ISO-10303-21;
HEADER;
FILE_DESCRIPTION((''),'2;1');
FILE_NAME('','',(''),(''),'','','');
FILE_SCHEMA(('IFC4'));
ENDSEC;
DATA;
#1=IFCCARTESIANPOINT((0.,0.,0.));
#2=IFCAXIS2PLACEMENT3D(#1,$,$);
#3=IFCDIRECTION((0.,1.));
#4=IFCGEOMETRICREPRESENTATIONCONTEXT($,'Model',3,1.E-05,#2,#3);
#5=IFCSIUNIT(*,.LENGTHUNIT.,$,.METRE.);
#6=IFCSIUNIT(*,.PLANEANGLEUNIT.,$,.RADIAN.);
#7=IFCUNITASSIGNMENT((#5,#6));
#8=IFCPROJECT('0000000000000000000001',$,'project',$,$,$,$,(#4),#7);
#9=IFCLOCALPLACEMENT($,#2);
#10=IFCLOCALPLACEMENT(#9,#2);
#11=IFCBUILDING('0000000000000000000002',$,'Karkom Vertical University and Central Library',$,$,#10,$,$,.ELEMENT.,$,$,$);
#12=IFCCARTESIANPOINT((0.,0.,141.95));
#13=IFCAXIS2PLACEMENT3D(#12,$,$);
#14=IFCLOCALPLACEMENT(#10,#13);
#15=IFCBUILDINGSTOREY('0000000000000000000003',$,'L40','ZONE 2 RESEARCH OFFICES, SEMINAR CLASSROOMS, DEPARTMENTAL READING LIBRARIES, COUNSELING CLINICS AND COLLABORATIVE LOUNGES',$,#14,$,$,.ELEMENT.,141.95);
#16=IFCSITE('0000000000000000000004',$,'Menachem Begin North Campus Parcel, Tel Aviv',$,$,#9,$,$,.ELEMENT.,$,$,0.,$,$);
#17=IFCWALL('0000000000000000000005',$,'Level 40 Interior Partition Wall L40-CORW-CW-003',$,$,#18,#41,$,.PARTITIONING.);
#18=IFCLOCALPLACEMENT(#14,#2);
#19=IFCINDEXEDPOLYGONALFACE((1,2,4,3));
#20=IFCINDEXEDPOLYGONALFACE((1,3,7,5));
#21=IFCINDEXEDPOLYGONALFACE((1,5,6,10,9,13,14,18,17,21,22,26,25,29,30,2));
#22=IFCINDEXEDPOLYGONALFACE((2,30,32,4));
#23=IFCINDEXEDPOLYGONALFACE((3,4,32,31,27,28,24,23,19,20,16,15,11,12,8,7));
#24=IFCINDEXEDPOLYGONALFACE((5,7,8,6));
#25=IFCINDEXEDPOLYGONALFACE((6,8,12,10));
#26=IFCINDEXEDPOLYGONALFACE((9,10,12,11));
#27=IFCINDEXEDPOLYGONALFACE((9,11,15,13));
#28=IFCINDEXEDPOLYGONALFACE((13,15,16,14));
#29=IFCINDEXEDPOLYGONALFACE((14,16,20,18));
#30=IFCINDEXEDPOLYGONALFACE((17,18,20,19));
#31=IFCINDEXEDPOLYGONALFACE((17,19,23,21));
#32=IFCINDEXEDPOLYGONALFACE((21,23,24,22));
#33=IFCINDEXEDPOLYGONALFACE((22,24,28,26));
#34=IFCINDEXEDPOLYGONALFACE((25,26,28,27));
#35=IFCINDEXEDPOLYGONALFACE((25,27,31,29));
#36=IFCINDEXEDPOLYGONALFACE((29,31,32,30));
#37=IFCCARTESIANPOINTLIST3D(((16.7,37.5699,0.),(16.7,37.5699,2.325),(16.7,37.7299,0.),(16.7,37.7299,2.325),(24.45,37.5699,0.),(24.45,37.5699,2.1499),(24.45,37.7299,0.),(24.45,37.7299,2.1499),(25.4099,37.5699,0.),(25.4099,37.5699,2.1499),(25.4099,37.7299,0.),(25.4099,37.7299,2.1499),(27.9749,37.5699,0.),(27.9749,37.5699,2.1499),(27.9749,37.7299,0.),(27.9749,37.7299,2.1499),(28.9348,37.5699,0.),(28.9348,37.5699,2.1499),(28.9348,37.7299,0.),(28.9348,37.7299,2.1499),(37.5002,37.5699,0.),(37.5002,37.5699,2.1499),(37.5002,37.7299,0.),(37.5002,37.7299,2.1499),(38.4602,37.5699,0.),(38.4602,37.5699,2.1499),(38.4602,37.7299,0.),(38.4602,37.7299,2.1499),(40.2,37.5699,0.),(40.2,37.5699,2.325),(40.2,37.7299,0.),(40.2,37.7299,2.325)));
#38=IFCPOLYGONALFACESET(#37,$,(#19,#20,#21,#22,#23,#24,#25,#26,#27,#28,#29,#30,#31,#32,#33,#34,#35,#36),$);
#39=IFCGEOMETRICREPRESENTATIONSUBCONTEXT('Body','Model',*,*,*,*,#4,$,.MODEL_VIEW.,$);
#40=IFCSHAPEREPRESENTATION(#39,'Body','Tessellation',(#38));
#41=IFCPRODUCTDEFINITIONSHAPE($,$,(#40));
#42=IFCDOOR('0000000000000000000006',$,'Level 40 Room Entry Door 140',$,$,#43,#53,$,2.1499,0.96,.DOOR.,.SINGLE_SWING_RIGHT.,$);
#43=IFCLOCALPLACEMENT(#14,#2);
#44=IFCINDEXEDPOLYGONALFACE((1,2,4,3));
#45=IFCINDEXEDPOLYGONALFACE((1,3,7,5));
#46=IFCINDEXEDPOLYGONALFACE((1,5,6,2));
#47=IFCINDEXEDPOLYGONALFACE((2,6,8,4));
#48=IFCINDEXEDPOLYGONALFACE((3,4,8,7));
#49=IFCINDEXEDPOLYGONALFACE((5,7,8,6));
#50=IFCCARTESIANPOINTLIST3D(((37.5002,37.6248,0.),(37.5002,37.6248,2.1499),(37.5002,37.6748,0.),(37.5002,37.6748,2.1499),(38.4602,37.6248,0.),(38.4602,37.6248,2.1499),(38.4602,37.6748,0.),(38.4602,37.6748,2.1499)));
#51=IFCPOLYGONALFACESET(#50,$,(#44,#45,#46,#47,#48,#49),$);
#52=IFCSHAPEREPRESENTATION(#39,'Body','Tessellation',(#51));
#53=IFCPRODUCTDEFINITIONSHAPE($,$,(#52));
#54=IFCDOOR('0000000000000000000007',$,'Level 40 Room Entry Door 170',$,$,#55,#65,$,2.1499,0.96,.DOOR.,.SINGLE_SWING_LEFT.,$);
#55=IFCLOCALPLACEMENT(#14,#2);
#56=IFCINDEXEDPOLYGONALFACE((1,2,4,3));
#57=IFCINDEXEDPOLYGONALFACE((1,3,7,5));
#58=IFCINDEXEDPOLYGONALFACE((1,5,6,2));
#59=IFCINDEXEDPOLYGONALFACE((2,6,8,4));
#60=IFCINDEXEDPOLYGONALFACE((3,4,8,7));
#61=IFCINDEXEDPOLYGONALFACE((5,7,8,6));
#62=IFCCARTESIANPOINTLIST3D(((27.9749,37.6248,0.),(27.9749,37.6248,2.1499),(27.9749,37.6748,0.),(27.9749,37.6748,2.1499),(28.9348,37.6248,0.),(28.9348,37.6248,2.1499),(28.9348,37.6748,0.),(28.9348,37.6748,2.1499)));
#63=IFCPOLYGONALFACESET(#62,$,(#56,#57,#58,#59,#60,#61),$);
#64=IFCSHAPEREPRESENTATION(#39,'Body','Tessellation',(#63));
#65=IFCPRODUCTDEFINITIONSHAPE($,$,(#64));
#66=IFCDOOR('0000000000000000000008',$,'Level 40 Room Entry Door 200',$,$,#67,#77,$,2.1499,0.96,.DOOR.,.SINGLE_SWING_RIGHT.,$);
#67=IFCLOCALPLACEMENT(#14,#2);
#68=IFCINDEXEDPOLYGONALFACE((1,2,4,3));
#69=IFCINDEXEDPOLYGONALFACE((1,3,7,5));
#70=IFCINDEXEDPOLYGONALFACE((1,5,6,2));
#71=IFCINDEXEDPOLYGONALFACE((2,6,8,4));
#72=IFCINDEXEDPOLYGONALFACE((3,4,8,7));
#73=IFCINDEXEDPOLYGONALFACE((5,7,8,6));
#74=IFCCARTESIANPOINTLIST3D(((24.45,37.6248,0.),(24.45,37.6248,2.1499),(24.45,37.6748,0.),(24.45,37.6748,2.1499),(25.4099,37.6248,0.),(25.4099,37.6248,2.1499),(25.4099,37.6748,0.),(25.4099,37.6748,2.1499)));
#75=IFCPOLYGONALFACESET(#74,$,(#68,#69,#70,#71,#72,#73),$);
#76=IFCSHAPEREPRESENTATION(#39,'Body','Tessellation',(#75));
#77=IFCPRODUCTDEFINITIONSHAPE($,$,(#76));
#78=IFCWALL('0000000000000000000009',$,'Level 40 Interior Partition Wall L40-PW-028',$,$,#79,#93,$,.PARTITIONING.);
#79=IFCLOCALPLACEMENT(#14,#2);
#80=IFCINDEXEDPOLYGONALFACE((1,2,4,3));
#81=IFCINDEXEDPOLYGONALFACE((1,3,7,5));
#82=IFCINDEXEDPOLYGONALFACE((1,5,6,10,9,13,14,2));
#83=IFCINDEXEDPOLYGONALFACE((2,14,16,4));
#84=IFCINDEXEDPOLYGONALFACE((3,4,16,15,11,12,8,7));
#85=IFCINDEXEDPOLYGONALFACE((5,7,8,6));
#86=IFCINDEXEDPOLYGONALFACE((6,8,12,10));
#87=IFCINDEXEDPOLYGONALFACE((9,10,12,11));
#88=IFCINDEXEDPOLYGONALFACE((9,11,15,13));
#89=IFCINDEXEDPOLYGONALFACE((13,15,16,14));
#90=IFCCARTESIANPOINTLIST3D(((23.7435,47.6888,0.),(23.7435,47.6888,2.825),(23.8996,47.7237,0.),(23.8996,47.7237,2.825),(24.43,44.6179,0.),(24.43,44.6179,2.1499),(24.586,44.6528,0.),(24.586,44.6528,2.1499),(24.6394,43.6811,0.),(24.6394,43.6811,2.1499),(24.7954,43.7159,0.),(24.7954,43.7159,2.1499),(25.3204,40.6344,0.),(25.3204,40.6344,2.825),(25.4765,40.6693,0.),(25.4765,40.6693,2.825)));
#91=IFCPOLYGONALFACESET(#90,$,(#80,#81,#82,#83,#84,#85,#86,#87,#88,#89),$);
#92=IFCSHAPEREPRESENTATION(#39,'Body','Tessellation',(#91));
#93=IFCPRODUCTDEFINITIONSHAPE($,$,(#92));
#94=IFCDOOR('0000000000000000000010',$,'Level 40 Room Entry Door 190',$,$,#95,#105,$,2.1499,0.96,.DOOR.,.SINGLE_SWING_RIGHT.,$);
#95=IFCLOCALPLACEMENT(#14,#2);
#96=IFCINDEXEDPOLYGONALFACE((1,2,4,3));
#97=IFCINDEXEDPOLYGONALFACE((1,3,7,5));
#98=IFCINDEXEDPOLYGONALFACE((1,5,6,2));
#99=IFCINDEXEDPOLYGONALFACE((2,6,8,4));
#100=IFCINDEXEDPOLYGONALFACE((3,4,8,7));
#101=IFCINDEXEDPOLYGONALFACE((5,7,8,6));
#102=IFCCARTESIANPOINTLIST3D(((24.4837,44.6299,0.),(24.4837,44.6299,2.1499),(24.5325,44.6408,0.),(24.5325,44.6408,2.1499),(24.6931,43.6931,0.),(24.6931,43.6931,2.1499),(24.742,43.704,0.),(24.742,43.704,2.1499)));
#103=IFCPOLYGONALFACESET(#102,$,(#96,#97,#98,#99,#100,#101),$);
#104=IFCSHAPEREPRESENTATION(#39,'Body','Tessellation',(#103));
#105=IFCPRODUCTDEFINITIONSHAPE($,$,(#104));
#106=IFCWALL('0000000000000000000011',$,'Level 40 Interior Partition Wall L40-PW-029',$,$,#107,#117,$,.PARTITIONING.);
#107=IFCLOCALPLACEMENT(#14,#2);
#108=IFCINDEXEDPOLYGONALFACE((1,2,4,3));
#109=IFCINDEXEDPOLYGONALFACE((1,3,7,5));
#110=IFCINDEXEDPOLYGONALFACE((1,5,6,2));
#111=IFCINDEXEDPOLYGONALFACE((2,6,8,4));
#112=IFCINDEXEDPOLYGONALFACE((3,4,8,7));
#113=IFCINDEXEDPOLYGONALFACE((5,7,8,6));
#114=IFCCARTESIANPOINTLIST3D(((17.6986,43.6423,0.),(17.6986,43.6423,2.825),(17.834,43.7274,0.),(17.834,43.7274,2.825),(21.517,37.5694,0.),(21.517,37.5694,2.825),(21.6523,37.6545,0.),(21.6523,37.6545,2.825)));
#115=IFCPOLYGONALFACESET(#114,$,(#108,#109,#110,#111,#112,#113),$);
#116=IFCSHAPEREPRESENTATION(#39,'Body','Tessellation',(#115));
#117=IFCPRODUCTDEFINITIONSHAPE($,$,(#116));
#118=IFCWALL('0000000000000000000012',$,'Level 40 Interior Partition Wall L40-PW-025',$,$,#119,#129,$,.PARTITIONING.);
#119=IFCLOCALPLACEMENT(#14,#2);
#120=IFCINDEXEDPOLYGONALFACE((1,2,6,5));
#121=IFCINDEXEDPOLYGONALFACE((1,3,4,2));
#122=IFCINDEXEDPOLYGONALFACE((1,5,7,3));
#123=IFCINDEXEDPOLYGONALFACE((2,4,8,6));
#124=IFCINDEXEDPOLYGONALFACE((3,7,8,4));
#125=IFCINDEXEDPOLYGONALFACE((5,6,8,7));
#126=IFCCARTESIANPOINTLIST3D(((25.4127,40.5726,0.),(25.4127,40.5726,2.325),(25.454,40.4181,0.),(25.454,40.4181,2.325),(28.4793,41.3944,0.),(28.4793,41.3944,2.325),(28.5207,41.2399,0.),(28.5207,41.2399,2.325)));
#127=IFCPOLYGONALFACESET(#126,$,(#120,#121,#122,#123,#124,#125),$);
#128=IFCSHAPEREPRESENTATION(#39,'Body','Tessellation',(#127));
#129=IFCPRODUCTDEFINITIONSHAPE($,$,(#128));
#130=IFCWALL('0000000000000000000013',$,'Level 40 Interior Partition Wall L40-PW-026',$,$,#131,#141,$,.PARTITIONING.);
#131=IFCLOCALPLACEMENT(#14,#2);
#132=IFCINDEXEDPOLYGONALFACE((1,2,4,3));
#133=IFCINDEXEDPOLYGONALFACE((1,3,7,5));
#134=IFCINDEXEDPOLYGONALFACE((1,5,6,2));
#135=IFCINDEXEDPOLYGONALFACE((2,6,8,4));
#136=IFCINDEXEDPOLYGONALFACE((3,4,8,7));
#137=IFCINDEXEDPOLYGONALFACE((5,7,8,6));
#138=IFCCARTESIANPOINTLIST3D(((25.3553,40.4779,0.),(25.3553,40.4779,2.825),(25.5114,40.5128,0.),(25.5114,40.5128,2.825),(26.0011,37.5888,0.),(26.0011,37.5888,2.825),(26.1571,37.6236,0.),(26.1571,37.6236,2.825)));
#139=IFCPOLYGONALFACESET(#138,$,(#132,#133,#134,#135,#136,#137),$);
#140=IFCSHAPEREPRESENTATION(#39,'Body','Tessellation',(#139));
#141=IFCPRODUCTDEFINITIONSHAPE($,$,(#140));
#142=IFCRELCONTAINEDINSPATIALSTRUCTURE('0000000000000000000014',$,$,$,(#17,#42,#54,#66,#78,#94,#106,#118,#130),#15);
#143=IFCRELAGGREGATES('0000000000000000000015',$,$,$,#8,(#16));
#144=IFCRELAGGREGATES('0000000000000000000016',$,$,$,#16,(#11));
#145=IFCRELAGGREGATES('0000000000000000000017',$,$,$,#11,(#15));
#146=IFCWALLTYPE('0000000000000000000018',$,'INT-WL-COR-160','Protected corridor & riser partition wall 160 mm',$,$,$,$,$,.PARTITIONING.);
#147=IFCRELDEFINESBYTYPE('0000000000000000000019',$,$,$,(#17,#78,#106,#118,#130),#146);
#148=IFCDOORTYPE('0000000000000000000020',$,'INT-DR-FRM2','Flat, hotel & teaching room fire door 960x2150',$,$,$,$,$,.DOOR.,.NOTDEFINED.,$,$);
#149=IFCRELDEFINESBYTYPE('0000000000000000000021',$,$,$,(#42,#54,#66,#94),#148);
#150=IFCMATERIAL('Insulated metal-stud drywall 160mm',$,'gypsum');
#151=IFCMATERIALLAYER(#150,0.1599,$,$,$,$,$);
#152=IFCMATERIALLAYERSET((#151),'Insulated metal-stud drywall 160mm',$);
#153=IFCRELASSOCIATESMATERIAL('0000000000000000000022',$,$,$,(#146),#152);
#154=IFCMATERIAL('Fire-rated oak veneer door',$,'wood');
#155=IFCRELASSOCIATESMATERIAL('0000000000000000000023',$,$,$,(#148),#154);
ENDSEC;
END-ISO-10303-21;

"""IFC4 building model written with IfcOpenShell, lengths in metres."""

from ifc_helpers import new_model, si_unit, direction, frame, frame_2d, origin, origin_with_axes, place, context, subcontext, project, spatial, rectangle, extrude, source, transform, mapped, material, layer, layer_set, type_object, element, fill, save


model = new_model("IFC4")

# Units and contexts
model_context = context("Model", 3, precision=1e-05, world=origin(), true_north=direction((0.0, 1.0)))
body_context = subcontext(model_context, "Body", "Model", "MODEL_VIEW")
ifc_project = project(units=[si_unit("LENGTHUNIT", "METRE"), si_unit("PLANEANGLEUNIT", "RADIAN")], contexts=[model_context])

# Site, building, storey
site_placement = place(None, origin())
site = spatial("IfcSite", under=ifc_project, at=site_placement, Name="Menachem Begin North Campus Parcel, Tel Aviv", CompositionType="ELEMENT", RefElevation=0.0)
building_placement = place(site_placement, origin())
building = spatial("IfcBuilding", under=site, at=building_placement, Name="Karkom Vertical University and Central Library", CompositionType="ELEMENT")
storey_placement = place(building_placement, frame((0.0, 0.0, 141.95)))
storey = spatial("IfcBuildingStorey", under=building, at=storey_placement, Name="L40", Description="ZONE 2 RESEARCH OFFICES, SEMINAR CLASSROOMS, DEPARTMENTAL READING LIBRARIES, COUNSELING CLINICS AND COLLABORATIVE LOUNGES", CompositionType="ELEMENT", Elevation=141.95)

# Wall, openings, doors
ifc_material_1 = material(Name="Insulated metal-stud drywall 160mm", Category="gypsum")
ifc_layer_1 = layer(ifc_material_1, 0.1599)
ifc_layer_set_1 = layer_set([ifc_layer_1], Name="Insulated metal-stud drywall 160mm")
wall_type_1 = type_object("IfcWallType", Name="INT-WL-COR-160", Description="Protected corridor & riser partition wall 160 mm", PredefinedType="PARTITIONING", material=ifc_layer_set_1)
wall_1_placement = place(storey_placement, frame((16.7, 37.6499, 0.0), z_axis=(0.0, 0.0, 1.0), x_axis=(1.0, 0.0, 0.0)))
wall_1 = element("IfcWall", 1, at=wall_1_placement, inside=storey, type_object=wall_type_1, Name="Level 40 Interior Partition Wall L40-CORW-CW-003", PredefinedType="PARTITIONING", context=body_context, shape_type="SweptSolid", body=[
    extrude(rectangle(XDim=23.5, YDim=0.1599, at=frame_2d((11.75, 0.0))), origin(), (0.0, 0.0, 1.0), 2.325),
])
opening_1_placement = place(wall_1_placement, frame((20.8003, 0.0, 0.0)))
opening_1 = element("IfcOpeningElement", 2, at=opening_1_placement, cuts=wall_1, PredefinedType="OPENING", context=body_context, shape_type="SweptSolid", body=[
    extrude(rectangle(XDim=0.96, YDim=2.1499, at=frame_2d((0.48, 1.075))), frame((0.0, 0.0898, 0.0), z_axis=(0.0, -1.0, 0.0), x_axis=(1.0, 0.0, 0.0)), (0.0, 0.0, 1.0), 0.1799),
])
opening_2_placement = place(wall_1_placement, frame((11.2749, 0.0, 0.0)))
opening_2 = element("IfcOpeningElement", 3, at=opening_2_placement, cuts=wall_1, PredefinedType="OPENING", context=body_context, shape_type="SweptSolid", body=[
    extrude(rectangle(XDim=0.96, YDim=2.1499, at=frame_2d((0.48, 1.075))), frame((0.0, 0.0898, 0.0), z_axis=(0.0, -1.0, 0.0), x_axis=(1.0, 0.0, 0.0)), (0.0, 0.0, 1.0), 0.1799),
])
opening_3_placement = place(wall_1_placement, frame((7.75, 0.0, 0.0)))
opening_3 = element("IfcOpeningElement", 4, at=opening_3_placement, cuts=wall_1, PredefinedType="OPENING", context=body_context, shape_type="SweptSolid", body=[
    extrude(rectangle(XDim=0.96, YDim=2.1499, at=frame_2d((0.48, 1.075))), frame((0.0, 0.0898, 0.0), z_axis=(0.0, -1.0, 0.0), x_axis=(1.0, 0.0, 0.0)), (0.0, 0.0, 1.0), 0.1799),
])
ifc_material_2 = material(Name="Fire-rated oak veneer door", Category="wood")
door_type = type_object("IfcDoorType", Name="INT-DR-FRM2", Description="Flat, hotel & teaching room fire door 960x2150", OperationType="NOTDEFINED", PredefinedType="DOOR", material=ifc_material_2)
shared_shape_1 = source(origin_with_axes(), body_context, "Body", "SweptSolid", [
    extrude(rectangle(XDim=0.96, YDim=2.1499, at=frame_2d((0.48, 1.075))), frame((0.0, 0.0249, 0.0), z_axis=(0.0, -1.0, 0.0), x_axis=(1.0, 0.0, 0.0)), (0.0, 0.0, 1.0), 0.05),
])
door_1_placement = place(opening_1_placement, origin())
door_1 = element("IfcDoor", 5, at=door_1_placement, inside=storey, type_object=door_type, Name="Level 40 Room Entry Door 140", OperationType="SINGLE_SWING_RIGHT", OverallHeight=2.1499, OverallWidth=0.96, PredefinedType="DOOR", context=body_context, shape_type="MappedRepresentation", body=[
    mapped(shared_shape_1, transform((0.0, 0.0, 0.0), scale=1.0)),
])
fill(opening_1, door_1)
door_2_placement = place(opening_2_placement, origin())
door_2 = element("IfcDoor", 6, at=door_2_placement, inside=storey, type_object=door_type, Name="Level 40 Room Entry Door 170", OperationType="SINGLE_SWING_LEFT", OverallHeight=2.1499, OverallWidth=0.96, PredefinedType="DOOR", context=body_context, shape_type="MappedRepresentation", body=[
    mapped(shared_shape_1, transform((0.0, 0.0, 0.0), scale=1.0)),
])
fill(opening_2, door_2)
door_3_placement = place(opening_3_placement, origin())
door_3 = element("IfcDoor", 7, at=door_3_placement, inside=storey, type_object=door_type, Name="Level 40 Room Entry Door 200", OperationType="SINGLE_SWING_RIGHT", OverallHeight=2.1499, OverallWidth=0.96, PredefinedType="DOOR", context=body_context, shape_type="MappedRepresentation", body=[
    mapped(shared_shape_1, transform((0.0, 0.0, 0.0), scale=1.0)),
])
fill(opening_3, door_3)

# Wall, opening, door
wall_2_placement = place(storey_placement, frame((25.3984, 40.6519, 0.0), z_axis=(0.0, 0.0, 1.0), x_axis=(-0.21815, 0.975915, 0.0)))
wall_2 = element("IfcWall", 8, at=wall_2_placement, inside=storey, type_object=wall_type_1, Name="Level 40 Interior Partition Wall L40-PW-028", PredefinedType="PARTITIONING", context=body_context, shape_type="SweptSolid", body=[
    extrude(rectangle(XDim=7.2285, YDim=0.1599, at=frame_2d((3.6143, 0.0))), origin(), (0.0, 0.0, 1.0), 2.825),
])
opening_4_placement = place(wall_2_placement, frame((3.1218, 0.0, 0.0)))
opening_4 = element("IfcOpeningElement", 9, at=opening_4_placement, cuts=wall_2, PredefinedType="OPENING", context=body_context, shape_type="SweptSolid", body=[
    extrude(rectangle(XDim=0.96, YDim=2.1499, at=frame_2d((0.48, 1.075))), frame((0.0, 0.0898, 0.0), z_axis=(0.0, -1.0, 0.0), x_axis=(1.0, 0.0, 0.0)), (0.0, 0.0, 1.0), 0.1799),
])
door_4_placement = place(opening_4_placement, origin())
door_4 = element("IfcDoor", 10, at=door_4_placement, inside=storey, type_object=door_type, Name="Level 40 Room Entry Door 190", OperationType="SINGLE_SWING_RIGHT", OverallHeight=2.1499, OverallWidth=0.96, PredefinedType="DOOR", context=body_context, shape_type="MappedRepresentation", body=[
    mapped(shared_shape_1, transform((0.0, 0.0, 0.0), scale=1.0)),
])
fill(opening_4, door_4)

# Walls
wall_3_placement = place(storey_placement, frame((21.5847, 37.6118, 0.0), z_axis=(0.0, 0.0, 1.0), x_axis=(-0.532276, 0.846571, 0.0)))
element("IfcWall", 11, at=wall_3_placement, inside=storey, type_object=wall_type_1, Name="Level 40 Interior Partition Wall L40-PW-029", PredefinedType="PARTITIONING", context=body_context, shape_type="SweptSolid", body=[
    extrude(rectangle(XDim=7.1736, YDim=0.1599, at=frame_2d((3.5869, 0.0))), origin(), (0.0, 0.0, 1.0), 2.825),
])
wall_4_placement = place(storey_placement, frame((25.4333, 40.4954, 0.0), z_axis=(0.0, 0.0, 1.0), x_axis=(0.96592, 0.25884, 0.0)))
element("IfcWall", 12, at=wall_4_placement, inside=storey, type_object=wall_type_1, Name="Level 40 Interior Partition Wall L40-PW-025", PredefinedType="PARTITIONING", context=body_context, shape_type="SweptSolid", body=[
    extrude(rectangle(XDim=3.1748, YDim=0.1599, at=frame_2d((1.5874, 0.0))), origin(), (0.0, 0.0, 1.0), 2.325),
])
wall_5_placement = place(storey_placement, frame((26.0791, 37.6062, 0.0), z_axis=(0.0, 0.0, 1.0), x_axis=(-0.218127, 0.97592, 0.0)))
element("IfcWall", 13, at=wall_5_placement, inside=storey, type_object=wall_type_1, Name="Level 40 Interior Partition Wall L40-PW-026", PredefinedType="PARTITIONING", context=body_context, shape_type="SweptSolid", body=[
    extrude(rectangle(XDim=2.9604, YDim=0.1599, at=frame_2d((1.4802, 0.0))), origin(), (0.0, 0.0, 1.0), 2.825),
])

save(model, "model.ifc")
